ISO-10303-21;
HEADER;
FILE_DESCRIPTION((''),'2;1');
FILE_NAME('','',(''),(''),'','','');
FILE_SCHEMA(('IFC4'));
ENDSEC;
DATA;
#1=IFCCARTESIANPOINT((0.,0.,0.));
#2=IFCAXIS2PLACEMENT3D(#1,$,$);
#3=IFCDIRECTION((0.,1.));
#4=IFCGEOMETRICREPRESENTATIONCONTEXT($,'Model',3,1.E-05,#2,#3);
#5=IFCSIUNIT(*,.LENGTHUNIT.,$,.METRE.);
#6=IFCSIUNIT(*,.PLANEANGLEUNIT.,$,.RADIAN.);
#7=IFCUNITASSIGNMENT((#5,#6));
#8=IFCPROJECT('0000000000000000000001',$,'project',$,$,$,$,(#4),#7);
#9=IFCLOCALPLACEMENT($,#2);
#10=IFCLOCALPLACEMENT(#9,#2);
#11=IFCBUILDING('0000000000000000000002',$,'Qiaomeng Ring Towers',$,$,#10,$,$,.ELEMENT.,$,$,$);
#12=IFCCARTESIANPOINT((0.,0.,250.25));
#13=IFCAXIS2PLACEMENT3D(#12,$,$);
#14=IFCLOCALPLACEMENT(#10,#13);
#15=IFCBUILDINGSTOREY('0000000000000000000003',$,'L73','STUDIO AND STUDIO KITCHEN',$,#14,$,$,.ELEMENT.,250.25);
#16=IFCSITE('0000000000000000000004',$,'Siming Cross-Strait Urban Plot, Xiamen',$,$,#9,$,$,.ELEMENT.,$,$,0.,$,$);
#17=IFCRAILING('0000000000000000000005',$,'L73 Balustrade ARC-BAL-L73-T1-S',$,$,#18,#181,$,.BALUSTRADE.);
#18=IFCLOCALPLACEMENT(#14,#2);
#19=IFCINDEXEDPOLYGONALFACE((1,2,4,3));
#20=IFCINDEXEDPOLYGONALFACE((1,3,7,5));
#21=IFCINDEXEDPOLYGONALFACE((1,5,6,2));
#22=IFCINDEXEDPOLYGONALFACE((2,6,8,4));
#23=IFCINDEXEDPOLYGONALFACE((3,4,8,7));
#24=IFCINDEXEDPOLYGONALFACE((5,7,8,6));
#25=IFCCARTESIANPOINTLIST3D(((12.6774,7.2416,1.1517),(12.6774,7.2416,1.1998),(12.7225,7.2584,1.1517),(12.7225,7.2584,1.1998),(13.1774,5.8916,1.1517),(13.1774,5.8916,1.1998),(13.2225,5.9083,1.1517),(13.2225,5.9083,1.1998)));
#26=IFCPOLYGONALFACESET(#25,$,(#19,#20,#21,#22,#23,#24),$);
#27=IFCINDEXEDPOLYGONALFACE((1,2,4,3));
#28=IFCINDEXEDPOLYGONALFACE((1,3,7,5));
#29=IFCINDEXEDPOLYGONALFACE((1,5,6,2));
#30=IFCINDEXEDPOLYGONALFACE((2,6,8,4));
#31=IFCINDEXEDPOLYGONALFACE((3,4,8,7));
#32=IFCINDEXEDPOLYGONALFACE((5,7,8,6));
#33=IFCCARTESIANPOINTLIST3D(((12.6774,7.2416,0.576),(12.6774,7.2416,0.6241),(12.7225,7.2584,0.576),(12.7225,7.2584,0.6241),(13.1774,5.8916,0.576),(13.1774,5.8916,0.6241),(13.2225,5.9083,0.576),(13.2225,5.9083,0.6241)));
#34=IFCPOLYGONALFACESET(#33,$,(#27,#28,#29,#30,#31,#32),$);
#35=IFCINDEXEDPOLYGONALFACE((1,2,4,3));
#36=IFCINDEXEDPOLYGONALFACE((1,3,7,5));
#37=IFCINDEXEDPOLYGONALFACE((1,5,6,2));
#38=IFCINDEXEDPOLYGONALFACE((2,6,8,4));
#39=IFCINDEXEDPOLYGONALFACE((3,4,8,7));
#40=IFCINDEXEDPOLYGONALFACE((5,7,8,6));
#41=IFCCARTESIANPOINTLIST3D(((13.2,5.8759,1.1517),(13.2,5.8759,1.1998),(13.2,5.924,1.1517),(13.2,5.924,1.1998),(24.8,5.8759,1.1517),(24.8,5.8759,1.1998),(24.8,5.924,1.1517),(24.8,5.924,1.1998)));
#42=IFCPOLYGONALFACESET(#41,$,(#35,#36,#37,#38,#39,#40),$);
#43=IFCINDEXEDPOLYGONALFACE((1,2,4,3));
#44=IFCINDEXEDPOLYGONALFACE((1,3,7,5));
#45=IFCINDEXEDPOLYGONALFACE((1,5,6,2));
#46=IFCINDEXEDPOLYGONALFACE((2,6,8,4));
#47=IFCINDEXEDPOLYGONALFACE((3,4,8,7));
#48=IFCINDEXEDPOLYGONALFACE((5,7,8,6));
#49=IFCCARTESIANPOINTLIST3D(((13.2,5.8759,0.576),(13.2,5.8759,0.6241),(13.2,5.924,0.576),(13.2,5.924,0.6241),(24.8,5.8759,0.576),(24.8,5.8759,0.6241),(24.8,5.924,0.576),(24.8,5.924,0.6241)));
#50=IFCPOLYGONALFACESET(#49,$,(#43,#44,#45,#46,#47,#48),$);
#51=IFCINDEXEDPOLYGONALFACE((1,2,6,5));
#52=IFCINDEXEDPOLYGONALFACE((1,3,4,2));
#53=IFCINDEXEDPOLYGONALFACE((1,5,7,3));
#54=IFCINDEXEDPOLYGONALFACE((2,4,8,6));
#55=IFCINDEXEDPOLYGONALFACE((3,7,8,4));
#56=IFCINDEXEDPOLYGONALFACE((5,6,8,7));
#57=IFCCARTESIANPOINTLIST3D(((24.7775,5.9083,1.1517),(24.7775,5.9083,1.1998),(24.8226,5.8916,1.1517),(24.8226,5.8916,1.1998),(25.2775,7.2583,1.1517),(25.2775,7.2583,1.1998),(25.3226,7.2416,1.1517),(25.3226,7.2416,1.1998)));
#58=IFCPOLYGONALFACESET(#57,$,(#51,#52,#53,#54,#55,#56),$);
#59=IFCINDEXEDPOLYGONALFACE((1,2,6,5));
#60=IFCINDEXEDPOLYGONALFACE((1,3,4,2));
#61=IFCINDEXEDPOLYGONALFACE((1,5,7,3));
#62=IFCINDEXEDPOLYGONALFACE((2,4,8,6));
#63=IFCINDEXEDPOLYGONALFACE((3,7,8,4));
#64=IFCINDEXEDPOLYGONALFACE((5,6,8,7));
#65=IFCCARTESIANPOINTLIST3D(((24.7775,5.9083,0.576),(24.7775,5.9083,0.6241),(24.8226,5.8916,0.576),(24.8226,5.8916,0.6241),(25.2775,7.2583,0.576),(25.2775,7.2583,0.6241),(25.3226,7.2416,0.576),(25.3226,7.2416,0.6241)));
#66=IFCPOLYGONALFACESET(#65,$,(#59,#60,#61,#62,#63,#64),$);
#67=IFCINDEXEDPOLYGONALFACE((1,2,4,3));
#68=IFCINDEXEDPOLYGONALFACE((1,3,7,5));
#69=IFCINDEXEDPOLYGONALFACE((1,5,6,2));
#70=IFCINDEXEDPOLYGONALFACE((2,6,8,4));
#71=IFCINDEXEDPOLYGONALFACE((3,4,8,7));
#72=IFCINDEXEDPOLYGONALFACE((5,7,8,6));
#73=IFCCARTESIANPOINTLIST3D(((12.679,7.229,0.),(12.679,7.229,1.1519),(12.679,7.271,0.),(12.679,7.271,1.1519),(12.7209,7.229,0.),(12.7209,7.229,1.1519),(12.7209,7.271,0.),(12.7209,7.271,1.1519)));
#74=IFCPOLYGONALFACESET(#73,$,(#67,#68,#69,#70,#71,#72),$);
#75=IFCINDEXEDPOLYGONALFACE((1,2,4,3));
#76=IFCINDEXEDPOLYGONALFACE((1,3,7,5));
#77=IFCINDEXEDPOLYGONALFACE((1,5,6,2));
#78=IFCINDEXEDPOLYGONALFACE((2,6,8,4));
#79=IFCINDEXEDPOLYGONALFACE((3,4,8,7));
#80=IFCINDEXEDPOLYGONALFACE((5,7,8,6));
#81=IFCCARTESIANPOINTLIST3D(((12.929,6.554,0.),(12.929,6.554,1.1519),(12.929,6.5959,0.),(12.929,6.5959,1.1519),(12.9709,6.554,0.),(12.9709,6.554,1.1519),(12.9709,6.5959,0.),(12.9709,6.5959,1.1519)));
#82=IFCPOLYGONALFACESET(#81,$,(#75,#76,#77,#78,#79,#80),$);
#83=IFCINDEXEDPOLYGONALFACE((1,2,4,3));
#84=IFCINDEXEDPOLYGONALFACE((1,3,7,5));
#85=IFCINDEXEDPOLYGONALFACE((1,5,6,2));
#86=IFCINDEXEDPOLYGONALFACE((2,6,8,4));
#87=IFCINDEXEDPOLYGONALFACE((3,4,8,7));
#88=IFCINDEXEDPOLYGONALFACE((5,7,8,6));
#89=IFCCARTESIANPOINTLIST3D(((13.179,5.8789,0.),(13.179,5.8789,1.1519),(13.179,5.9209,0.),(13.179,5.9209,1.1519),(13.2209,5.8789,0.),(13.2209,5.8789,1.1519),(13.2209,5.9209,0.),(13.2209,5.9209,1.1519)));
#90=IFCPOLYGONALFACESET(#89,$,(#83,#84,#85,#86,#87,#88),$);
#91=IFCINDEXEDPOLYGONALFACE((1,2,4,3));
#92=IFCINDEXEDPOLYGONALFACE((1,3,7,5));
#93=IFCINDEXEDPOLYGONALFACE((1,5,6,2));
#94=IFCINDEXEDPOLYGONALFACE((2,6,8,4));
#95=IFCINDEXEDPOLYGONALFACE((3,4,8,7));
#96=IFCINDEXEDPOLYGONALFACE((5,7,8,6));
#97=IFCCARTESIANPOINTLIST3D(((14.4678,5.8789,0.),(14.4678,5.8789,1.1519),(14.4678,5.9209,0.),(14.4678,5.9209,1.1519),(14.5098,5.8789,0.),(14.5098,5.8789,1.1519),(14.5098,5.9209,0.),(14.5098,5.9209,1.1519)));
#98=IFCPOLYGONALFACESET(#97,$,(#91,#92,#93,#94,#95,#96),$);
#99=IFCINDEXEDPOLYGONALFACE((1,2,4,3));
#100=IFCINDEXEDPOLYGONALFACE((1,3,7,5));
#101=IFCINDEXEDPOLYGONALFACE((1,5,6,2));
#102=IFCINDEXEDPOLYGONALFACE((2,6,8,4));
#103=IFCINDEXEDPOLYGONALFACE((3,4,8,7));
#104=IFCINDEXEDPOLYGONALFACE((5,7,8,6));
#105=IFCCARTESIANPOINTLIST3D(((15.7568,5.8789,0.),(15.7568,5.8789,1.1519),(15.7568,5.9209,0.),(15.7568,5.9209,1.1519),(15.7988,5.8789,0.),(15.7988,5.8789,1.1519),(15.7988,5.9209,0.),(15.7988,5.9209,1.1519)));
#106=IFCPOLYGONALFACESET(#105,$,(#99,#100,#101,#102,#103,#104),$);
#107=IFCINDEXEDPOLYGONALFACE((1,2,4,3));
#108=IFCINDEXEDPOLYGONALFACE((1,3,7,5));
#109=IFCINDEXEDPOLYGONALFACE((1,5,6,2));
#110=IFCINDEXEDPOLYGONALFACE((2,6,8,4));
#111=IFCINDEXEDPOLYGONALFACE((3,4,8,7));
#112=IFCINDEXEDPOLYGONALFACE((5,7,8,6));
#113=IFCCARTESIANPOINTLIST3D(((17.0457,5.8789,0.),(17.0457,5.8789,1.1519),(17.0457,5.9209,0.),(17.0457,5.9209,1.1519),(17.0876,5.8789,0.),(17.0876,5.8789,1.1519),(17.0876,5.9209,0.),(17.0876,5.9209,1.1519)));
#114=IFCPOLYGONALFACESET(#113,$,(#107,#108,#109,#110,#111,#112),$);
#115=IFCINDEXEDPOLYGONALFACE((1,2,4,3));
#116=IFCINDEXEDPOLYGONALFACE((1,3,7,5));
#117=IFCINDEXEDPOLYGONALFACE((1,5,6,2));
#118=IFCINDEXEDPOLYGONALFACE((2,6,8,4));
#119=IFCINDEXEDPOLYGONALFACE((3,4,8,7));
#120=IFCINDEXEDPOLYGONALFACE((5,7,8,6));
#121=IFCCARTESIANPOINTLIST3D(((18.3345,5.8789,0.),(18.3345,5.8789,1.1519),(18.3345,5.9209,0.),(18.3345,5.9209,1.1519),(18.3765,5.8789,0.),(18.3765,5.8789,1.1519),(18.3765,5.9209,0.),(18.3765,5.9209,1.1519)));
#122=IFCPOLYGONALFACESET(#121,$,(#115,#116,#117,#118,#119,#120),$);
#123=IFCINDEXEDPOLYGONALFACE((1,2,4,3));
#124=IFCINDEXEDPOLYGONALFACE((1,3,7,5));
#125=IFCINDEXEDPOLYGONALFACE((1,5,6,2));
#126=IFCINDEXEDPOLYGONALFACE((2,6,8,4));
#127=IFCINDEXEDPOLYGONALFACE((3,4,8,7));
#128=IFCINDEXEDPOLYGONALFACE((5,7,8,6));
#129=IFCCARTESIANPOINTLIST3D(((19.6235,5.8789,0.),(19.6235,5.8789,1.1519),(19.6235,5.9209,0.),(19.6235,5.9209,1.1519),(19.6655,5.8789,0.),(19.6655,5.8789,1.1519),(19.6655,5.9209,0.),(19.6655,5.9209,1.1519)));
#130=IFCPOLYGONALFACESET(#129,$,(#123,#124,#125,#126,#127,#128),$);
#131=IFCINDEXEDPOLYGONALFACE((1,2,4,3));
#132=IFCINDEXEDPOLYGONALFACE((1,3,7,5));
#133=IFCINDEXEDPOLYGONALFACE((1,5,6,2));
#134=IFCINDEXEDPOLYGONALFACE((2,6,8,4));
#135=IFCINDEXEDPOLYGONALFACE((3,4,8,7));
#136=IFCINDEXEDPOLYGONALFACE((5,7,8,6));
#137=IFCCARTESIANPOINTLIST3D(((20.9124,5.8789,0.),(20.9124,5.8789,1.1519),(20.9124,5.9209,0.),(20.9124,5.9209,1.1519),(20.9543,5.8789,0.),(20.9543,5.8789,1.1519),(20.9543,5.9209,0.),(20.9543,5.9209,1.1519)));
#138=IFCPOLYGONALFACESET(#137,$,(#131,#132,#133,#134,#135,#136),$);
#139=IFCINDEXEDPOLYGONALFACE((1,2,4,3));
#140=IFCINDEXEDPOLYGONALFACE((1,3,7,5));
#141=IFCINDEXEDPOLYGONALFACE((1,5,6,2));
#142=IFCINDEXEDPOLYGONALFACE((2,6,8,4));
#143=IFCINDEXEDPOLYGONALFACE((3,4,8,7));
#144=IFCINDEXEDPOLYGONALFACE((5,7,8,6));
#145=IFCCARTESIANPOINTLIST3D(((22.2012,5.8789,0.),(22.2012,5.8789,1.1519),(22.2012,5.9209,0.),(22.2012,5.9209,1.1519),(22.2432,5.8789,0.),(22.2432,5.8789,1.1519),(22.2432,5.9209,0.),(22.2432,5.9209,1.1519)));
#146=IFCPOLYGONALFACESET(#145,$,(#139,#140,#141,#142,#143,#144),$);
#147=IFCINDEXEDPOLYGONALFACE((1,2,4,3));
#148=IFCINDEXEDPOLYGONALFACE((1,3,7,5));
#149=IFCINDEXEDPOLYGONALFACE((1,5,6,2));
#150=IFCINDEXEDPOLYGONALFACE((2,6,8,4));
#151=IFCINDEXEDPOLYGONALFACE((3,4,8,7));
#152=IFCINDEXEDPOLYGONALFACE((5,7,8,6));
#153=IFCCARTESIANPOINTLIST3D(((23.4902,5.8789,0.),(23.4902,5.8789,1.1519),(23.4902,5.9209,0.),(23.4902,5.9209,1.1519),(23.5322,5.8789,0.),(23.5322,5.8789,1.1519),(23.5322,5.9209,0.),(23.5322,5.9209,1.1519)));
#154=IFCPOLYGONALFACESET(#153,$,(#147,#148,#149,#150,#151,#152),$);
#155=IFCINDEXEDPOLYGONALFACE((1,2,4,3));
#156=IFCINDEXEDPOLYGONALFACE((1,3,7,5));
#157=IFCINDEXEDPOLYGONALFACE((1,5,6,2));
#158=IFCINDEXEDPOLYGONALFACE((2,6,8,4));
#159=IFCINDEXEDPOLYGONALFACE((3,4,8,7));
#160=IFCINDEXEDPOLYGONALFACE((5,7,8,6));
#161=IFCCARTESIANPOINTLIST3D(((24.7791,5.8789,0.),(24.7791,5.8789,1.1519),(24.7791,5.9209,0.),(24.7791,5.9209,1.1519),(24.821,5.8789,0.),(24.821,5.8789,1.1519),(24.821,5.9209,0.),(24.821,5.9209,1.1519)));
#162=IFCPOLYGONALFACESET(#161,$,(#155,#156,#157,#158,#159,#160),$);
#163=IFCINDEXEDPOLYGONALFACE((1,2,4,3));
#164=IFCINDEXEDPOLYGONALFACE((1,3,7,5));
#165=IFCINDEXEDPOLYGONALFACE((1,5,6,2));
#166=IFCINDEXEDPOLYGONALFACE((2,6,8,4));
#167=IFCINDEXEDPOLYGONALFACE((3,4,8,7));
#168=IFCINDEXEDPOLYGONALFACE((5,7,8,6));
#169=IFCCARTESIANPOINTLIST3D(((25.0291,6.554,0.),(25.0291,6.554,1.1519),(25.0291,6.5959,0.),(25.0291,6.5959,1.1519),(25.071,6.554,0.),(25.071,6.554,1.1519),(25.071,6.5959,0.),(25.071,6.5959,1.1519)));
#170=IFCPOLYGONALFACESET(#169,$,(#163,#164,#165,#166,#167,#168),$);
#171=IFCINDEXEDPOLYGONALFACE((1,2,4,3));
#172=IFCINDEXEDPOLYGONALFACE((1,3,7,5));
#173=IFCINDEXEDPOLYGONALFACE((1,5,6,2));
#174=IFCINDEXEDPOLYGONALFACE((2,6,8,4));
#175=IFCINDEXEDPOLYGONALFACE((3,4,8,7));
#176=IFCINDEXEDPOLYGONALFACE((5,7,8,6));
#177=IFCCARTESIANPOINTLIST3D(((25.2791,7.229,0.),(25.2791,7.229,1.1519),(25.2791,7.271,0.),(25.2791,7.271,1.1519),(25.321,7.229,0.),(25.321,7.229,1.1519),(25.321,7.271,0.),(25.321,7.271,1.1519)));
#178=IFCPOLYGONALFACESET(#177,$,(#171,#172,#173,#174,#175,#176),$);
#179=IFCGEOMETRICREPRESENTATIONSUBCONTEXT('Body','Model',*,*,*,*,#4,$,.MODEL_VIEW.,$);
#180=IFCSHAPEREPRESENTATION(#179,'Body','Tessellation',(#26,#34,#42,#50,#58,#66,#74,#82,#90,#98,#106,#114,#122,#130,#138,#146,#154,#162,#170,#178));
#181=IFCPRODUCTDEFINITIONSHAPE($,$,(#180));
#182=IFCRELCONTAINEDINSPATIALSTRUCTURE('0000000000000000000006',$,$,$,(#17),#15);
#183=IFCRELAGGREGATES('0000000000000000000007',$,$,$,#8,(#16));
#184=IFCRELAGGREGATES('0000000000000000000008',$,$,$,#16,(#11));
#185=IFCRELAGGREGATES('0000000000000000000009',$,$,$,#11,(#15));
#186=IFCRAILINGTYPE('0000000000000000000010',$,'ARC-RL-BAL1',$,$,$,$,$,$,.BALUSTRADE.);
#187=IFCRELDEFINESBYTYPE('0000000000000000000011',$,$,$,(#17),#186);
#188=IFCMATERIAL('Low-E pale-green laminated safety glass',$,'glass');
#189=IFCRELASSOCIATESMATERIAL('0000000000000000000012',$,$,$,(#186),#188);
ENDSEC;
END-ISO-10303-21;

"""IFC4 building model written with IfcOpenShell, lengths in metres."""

from ifc_helpers import new_model, si_unit, direction, frame, origin, origin_2d, place, context, subcontext, project, spatial, rectangle, extrude, material, type_object, element, save


model = new_model("IFC4")

# Units and contexts
model_context = context("Model", 3, precision=1e-05, world=origin(), true_north=direction((0.0, 1.0)))
body_context = subcontext(model_context, "Body", "Model", "MODEL_VIEW")
ifc_project = project(units=[si_unit("LENGTHUNIT", "METRE"), si_unit("PLANEANGLEUNIT", "RADIAN")], contexts=[model_context])

# Site, building, storey
site_placement = place(None, origin())
site = spatial("IfcSite", under=ifc_project, at=site_placement, Name="Siming Cross-Strait Urban Plot, Xiamen", CompositionType="ELEMENT", RefElevation=0.0)
building_placement = place(site_placement, origin())
building = spatial("IfcBuilding", under=site, at=building_placement, Name="Qiaomeng Ring Towers", CompositionType="ELEMENT")
storey_placement = place(building_placement, frame((0.0, 0.0, 250.25)))
storey = spatial("IfcBuildingStorey", under=building, at=storey_placement, Name="L73", Description="STUDIO AND STUDIO KITCHEN", CompositionType="ELEMENT", Elevation=250.25)

# Railing
ifc_material_1 = material(Name="Low-E pale-green laminated safety glass", Category="glass")
railing_type = type_object("IfcRailingType", Name="ARC-RL-BAL1", PredefinedType="BALUSTRADE", material=ifc_material_1)
railing_placement = place(storey_placement, frame((12.7, 7.25, 0.0)))
element("IfcRailing", 1, at=railing_placement, inside=storey, type_object=railing_type, Name="L73 Balustrade ARC-BAL-L73-T1-S", PredefinedType="BALUSTRADE", context=body_context, shape_type="SweptSolid", body=[
    extrude(rectangle(XDim=0.0481, YDim=0.0481, at=origin_2d()), frame((0.0, 0.0, 1.1758), z_axis=(0.347292, -0.937757, 0.0), x_axis=(0.937757, 0.347292, 0.0)), (0.0, 0.0, 1.0), 1.4397),
    extrude(rectangle(XDim=0.0481, YDim=0.0481, at=origin_2d()), frame((0.0, 0.0, 0.6001), z_axis=(0.347292, -0.937757, 0.0), x_axis=(0.937757, 0.347292, 0.0)), (0.0, 0.0, 1.0), 1.4397),
    extrude(rectangle(XDim=0.0481, YDim=0.0481, at=origin_2d()), frame((0.5, -1.3501, 1.1758), z_axis=(1.0, 0.0, 0.0), x_axis=(0.0, 1.0, 0.0)), (0.0, 0.0, 1.0), 11.6001),
    extrude(rectangle(XDim=0.0481, YDim=0.0481, at=origin_2d()), frame((0.5, -1.3501, 0.6001), z_axis=(1.0, 0.0, 0.0), x_axis=(0.0, 1.0, 0.0)), (0.0, 0.0, 1.0), 11.6001),
    extrude(rectangle(XDim=0.0481, YDim=0.0481, at=origin_2d()), frame((12.1001, -1.3501, 1.1758), z_axis=(0.347292, 0.937757, 0.0), x_axis=(-0.937757, 0.347292, 0.0)), (0.0, 0.0, 1.0), 1.4397),
    extrude(rectangle(XDim=0.0481, YDim=0.0481, at=origin_2d()), frame((12.1001, -1.3501, 0.6001), z_axis=(0.347292, 0.937757, 0.0), x_axis=(-0.937757, 0.347292, 0.0)), (0.0, 0.0, 1.0), 1.4397),
    extrude(rectangle(XDim=0.042, YDim=0.042, at=origin_2d()), origin(), (0.0, 0.0, 1.0), 1.1519),
    extrude(rectangle(XDim=0.042, YDim=0.042, at=origin_2d()), frame((0.25, -0.675, 0.0)), (0.0, 0.0, 1.0), 1.1519),
    extrude(rectangle(XDim=0.042, YDim=0.042, at=origin_2d()), frame((0.5, -1.3501, 0.0)), (0.0, 0.0, 1.0), 1.1519),
    extrude(rectangle(XDim=0.042, YDim=0.042, at=origin_2d()), frame((1.7888, -1.3501, 0.0)), (0.0, 0.0, 1.0), 1.1519),
    extrude(rectangle(XDim=0.042, YDim=0.042, at=origin_2d()), frame((3.0779, -1.3501, 0.0)), (0.0, 0.0, 1.0), 1.1519),
    extrude(rectangle(XDim=0.042, YDim=0.042, at=origin_2d()), frame((4.3667, -1.3501, 0.0)), (0.0, 0.0, 1.0), 1.1519),
    extrude(rectangle(XDim=0.042, YDim=0.042, at=origin_2d()), frame((5.6555, -1.3501, 0.0)), (0.0, 0.0, 1.0), 1.1519),
    extrude(rectangle(XDim=0.042, YDim=0.042, at=origin_2d()), frame((6.9446, -1.3501, 0.0)), (0.0, 0.0, 1.0), 1.1519),
    extrude(rectangle(XDim=0.042, YDim=0.042, at=origin_2d()), frame((8.2334, -1.3501, 0.0)), (0.0, 0.0, 1.0), 1.1519),
    extrude(rectangle(XDim=0.042, YDim=0.042, at=origin_2d()), frame((9.5222, -1.3501, 0.0)), (0.0, 0.0, 1.0), 1.1519),
    extrude(rectangle(XDim=0.042, YDim=0.042, at=origin_2d()), frame((10.8113, -1.3501, 0.0)), (0.0, 0.0, 1.0), 1.1519),
    extrude(rectangle(XDim=0.042, YDim=0.042, at=origin_2d()), frame((12.1001, -1.3501, 0.0)), (0.0, 0.0, 1.0), 1.1519),
    extrude(rectangle(XDim=0.042, YDim=0.042, at=origin_2d()), frame((12.3501, -0.675, 0.0)), (0.0, 0.0, 1.0), 1.1519),
    extrude(rectangle(XDim=0.042, YDim=0.042, at=origin_2d()), frame((12.6001, 0.0, 0.0)), (0.0, 0.0, 1.0), 1.1519),
])

save(model, "model.ifc")
